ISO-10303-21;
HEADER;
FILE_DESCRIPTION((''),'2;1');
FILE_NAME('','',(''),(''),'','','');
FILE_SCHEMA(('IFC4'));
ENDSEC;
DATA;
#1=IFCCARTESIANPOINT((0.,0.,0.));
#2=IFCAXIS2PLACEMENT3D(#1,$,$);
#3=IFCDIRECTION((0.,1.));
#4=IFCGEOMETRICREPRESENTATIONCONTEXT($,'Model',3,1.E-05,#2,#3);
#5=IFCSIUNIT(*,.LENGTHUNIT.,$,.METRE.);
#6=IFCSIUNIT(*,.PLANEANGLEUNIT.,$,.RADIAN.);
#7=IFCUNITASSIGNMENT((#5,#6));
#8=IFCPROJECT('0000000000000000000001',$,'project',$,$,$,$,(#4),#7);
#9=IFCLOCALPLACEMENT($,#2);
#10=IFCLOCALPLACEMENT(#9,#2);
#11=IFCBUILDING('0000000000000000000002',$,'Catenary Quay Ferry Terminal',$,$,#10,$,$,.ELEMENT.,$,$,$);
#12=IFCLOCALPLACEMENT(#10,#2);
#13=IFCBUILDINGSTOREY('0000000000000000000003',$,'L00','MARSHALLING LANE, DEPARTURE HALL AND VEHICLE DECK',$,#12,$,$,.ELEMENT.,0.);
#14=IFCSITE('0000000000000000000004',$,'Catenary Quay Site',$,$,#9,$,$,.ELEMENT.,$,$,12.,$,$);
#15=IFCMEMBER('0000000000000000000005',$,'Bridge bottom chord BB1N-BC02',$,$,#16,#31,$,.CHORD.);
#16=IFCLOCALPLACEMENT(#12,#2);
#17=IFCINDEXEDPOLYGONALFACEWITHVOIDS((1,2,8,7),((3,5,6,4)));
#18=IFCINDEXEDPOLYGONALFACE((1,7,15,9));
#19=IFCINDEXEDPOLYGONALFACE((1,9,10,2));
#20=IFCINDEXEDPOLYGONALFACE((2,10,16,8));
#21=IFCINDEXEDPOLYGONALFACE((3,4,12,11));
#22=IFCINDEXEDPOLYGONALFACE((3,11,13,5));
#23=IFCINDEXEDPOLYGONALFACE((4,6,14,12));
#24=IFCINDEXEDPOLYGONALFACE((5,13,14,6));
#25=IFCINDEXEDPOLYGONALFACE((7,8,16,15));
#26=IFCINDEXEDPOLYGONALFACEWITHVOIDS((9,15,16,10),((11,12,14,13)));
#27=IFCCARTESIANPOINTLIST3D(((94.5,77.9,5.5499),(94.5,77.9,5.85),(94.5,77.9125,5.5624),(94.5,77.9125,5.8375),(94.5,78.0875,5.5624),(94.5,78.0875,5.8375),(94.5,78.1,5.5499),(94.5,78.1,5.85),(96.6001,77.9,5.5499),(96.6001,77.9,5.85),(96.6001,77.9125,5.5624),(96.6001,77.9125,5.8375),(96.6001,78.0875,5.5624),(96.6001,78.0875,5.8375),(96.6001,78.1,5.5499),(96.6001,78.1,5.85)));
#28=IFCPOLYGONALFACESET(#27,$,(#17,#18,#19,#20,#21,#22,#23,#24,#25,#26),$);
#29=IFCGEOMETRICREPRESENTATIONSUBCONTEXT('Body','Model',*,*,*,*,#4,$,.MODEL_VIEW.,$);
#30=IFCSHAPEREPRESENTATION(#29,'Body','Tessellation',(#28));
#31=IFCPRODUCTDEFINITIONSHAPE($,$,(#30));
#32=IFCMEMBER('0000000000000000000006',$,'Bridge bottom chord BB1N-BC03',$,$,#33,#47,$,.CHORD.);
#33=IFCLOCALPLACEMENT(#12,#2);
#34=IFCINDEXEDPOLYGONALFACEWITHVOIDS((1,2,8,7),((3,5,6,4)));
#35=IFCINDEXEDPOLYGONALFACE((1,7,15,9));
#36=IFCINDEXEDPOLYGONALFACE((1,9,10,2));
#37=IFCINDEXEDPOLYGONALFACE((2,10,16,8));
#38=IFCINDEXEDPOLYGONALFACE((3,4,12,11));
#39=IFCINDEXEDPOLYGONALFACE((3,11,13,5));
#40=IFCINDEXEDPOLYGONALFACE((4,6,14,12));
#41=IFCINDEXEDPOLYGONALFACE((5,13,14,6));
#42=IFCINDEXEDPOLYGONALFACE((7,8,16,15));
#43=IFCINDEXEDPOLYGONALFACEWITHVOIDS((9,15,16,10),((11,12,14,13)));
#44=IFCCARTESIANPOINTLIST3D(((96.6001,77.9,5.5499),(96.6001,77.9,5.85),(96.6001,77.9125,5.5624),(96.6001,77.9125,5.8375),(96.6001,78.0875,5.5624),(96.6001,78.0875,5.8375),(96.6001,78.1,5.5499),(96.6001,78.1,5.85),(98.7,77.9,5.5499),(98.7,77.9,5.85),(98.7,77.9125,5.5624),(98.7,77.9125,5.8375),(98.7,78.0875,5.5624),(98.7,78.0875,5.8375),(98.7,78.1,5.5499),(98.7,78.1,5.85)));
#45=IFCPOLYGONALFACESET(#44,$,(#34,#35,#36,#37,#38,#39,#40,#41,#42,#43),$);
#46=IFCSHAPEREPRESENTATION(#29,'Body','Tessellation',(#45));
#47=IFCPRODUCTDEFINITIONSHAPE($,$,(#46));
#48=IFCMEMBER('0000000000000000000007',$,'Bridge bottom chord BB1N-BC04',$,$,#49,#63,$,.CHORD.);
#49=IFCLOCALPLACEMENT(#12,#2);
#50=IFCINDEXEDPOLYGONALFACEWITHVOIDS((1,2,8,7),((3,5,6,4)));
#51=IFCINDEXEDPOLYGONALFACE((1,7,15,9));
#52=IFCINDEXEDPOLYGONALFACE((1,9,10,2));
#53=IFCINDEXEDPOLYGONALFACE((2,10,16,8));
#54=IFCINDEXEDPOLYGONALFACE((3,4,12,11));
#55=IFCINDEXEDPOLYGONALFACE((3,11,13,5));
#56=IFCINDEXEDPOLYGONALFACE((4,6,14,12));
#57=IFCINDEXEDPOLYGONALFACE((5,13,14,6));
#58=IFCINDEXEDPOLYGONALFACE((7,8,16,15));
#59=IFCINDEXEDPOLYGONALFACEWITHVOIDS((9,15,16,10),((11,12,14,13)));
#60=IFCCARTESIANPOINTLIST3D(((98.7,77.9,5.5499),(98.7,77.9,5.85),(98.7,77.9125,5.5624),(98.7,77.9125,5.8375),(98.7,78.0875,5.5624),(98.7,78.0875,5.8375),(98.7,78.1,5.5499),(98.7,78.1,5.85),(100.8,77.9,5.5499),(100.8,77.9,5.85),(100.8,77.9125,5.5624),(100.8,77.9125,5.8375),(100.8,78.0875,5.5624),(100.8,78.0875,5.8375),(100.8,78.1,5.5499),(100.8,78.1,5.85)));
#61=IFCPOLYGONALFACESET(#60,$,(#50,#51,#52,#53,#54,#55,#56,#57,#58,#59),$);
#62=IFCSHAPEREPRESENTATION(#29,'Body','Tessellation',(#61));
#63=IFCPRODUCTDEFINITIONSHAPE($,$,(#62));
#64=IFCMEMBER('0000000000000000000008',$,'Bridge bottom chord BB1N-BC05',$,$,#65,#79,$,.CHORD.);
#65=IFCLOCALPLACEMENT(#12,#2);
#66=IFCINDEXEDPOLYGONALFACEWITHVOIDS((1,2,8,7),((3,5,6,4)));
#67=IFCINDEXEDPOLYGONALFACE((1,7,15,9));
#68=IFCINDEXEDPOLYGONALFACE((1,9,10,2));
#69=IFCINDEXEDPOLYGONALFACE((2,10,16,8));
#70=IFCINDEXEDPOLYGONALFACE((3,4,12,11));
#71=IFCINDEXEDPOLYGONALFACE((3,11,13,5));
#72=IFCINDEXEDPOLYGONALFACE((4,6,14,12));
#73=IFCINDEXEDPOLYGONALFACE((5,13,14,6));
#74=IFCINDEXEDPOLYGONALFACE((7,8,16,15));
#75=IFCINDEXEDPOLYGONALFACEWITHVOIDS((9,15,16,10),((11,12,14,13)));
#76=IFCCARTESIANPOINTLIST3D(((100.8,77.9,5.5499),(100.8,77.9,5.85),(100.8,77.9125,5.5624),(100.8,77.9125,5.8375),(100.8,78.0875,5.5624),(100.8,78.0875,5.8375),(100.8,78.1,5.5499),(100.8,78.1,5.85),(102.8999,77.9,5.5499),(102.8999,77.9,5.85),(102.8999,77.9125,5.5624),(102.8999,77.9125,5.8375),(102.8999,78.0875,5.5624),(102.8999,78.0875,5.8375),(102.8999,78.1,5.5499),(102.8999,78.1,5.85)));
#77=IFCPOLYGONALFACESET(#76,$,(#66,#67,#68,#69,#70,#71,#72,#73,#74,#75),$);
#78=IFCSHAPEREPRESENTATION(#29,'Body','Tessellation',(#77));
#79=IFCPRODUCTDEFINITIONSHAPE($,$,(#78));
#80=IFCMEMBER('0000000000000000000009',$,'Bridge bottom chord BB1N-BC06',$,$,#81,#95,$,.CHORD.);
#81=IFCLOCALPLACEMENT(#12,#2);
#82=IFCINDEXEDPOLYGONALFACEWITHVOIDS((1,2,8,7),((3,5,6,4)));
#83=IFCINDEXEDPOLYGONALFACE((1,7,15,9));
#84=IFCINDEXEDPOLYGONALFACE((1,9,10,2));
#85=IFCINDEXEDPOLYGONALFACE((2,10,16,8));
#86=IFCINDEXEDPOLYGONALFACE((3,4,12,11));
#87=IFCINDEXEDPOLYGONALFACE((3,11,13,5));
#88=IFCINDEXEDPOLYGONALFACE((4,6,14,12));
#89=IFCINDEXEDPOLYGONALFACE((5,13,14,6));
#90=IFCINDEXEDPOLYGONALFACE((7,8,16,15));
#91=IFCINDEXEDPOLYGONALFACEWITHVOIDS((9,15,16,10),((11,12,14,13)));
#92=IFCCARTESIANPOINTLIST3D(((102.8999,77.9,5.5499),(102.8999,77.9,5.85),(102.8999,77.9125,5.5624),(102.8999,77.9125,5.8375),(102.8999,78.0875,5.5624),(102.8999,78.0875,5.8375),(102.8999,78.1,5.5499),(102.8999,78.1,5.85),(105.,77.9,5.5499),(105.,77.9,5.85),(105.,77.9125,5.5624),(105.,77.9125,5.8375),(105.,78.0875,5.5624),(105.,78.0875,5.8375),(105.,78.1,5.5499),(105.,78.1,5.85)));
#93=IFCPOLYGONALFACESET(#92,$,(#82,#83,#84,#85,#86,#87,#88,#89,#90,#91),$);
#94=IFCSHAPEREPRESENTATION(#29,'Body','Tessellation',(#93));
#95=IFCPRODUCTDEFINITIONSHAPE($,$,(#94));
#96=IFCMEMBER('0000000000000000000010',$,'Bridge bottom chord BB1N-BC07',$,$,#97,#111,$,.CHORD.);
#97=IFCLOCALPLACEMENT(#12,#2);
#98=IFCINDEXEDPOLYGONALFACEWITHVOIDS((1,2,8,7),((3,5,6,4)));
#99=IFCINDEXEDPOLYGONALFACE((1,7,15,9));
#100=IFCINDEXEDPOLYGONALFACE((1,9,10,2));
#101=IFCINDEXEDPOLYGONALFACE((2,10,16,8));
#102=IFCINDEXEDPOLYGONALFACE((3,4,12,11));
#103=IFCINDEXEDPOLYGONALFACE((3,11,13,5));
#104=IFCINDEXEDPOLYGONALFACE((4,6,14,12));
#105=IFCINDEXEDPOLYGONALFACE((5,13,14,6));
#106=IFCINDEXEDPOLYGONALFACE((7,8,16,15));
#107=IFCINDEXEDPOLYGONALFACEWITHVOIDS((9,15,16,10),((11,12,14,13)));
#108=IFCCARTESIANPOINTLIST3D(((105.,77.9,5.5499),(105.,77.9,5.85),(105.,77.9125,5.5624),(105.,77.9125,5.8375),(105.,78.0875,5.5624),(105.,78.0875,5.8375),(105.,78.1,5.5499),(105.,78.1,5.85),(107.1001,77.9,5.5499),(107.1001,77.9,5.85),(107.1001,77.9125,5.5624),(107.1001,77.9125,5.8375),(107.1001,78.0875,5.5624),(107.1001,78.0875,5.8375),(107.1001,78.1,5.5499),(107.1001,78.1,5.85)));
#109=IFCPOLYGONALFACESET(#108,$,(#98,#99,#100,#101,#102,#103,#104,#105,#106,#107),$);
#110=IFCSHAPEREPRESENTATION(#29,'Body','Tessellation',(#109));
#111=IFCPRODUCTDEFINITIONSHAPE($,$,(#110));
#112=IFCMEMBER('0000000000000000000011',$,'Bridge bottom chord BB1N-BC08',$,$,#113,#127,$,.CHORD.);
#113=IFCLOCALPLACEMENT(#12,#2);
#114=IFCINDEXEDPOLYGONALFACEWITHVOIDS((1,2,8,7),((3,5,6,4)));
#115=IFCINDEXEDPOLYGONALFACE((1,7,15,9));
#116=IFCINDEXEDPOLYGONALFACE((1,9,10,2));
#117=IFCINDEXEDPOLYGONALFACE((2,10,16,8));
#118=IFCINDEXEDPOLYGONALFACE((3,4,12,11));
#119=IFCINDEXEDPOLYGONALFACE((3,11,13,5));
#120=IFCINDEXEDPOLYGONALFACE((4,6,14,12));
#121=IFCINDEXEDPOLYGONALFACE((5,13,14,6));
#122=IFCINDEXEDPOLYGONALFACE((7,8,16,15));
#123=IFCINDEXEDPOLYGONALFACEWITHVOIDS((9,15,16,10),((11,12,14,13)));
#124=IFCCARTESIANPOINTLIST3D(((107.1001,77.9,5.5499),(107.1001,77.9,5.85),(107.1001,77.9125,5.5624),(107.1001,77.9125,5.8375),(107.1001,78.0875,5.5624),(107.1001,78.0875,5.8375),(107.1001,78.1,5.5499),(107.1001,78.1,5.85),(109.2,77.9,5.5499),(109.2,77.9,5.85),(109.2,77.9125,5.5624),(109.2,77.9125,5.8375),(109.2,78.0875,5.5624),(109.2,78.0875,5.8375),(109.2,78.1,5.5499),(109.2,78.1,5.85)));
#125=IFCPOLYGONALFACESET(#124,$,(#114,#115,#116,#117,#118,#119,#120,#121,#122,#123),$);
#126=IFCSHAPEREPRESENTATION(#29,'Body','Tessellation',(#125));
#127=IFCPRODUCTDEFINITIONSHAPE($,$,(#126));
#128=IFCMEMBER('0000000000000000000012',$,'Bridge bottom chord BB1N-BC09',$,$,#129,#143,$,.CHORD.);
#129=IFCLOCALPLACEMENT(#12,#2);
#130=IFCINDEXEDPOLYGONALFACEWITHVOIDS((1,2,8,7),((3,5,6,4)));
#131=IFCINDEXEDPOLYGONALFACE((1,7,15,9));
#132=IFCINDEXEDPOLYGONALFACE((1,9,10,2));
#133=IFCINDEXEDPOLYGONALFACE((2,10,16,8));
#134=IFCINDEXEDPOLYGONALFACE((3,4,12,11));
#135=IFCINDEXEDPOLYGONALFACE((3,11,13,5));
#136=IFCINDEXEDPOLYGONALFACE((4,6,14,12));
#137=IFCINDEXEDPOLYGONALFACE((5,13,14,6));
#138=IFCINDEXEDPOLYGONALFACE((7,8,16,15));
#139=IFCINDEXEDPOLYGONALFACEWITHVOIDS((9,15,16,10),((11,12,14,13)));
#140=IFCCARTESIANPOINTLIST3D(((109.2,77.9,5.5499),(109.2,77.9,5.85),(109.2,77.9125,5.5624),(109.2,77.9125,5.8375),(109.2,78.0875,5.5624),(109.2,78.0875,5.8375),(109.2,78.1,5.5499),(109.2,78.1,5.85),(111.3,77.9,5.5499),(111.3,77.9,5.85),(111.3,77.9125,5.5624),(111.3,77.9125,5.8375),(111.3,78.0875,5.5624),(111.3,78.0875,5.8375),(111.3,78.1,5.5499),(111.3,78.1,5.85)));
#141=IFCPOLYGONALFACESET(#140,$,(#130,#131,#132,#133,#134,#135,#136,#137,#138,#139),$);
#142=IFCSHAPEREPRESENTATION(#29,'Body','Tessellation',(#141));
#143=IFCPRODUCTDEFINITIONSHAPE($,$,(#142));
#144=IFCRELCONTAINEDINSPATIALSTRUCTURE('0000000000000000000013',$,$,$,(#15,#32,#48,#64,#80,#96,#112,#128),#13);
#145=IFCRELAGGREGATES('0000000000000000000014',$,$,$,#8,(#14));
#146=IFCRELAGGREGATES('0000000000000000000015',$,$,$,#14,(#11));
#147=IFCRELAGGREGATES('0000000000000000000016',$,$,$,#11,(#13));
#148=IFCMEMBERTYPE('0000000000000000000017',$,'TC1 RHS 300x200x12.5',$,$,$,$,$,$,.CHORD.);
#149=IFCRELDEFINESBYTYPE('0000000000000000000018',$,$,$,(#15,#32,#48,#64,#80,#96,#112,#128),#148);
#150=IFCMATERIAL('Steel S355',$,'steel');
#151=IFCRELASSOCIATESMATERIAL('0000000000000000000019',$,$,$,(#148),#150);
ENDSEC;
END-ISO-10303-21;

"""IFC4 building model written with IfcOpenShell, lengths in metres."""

from ifc_helpers import new_model, si_unit, direction, frame, origin, origin_2d, place, context, subcontext, project, spatial, hollow_rectangle, extrude, material, material_profile, profile_set, type_object, element, save


model = new_model("IFC4")

# Units and contexts
model_context = context("Model", 3, precision=1e-05, world=origin(), true_north=direction((0.0, 1.0)))
body_context = subcontext(model_context, "Body", "Model", "MODEL_VIEW")
ifc_project = project(units=[si_unit("LENGTHUNIT", "METRE"), si_unit("PLANEANGLEUNIT", "RADIAN")], contexts=[model_context])

# Site, building, storey
site_placement = place(None, origin())
site = spatial("IfcSite", under=ifc_project, at=site_placement, Name="Catenary Quay Site", CompositionType="ELEMENT", RefElevation=12.0)
building_placement = place(site_placement, origin())
building = spatial("IfcBuilding", under=site, at=building_placement, Name="Catenary Quay Ferry Terminal", CompositionType="ELEMENT")
storey_placement = place(building_placement, origin())
storey = spatial("IfcBuildingStorey", under=building, at=storey_placement, Name="L00", Description="MARSHALLING LANE, DEPARTURE HALL AND VEHICLE DECK", CompositionType="ELEMENT", Elevation=0.0)

# Members
ifc_material_1 = material(Name="Steel S355", Category="steel")
ifc_material_profile_1 = material_profile(ifc_material_1, hollow_rectangle(XDim=0.2, YDim=0.3, WallThickness=0.0125, at=origin_2d()), Name="RHS 300x200x12.5")
ifc_profile_set_1 = profile_set([ifc_material_profile_1], Name="Steel S355")
member_type_1 = type_object("IfcMemberType", Name="TC1 RHS 300x200x12.5", PredefinedType="CHORD", material=ifc_profile_set_1)
member_1_placement = place(storey_placement, frame((94.5, 78.0, 5.7), z_axis=(1.0, 0.0, 0.0), x_axis=(0.0, 1.0, 0.0)))
element("IfcMember", 1, at=member_1_placement, inside=storey, type_object=member_type_1, Name="Bridge bottom chord BB1N-BC02", PredefinedType="CHORD", context=body_context, shape_type="SweptSolid", body=[
    extrude(hollow_rectangle(XDim=0.2, YDim=0.3, WallThickness=0.0125, at=origin_2d()), origin(), (0.0, 0.0, 1.0), 2.1001),
])
member_2_placement = place(storey_placement, frame((96.6001, 78.0, 5.7), z_axis=(1.0, 0.0, 0.0), x_axis=(0.0, 1.0, 0.0)))
element("IfcMember", 2, at=member_2_placement, inside=storey, type_object=member_type_1, Name="Bridge bottom chord BB1N-BC03", PredefinedType="CHORD", context=body_context, shape_type="SweptSolid", body=[
    extrude(hollow_rectangle(XDim=0.2, YDim=0.3, WallThickness=0.0125, at=origin_2d()), origin(), (0.0, 0.0, 1.0), 2.0999),
])
member_3_placement = place(storey_placement, frame((98.7, 78.0, 5.7), z_axis=(1.0, 0.0, 0.0), x_axis=(0.0, 1.0, 0.0)))
element("IfcMember", 3, at=member_3_placement, inside=storey, type_object=member_type_1, Name="Bridge bottom chord BB1N-BC04", PredefinedType="CHORD", context=body_context, shape_type="SweptSolid", body=[
    extrude(hollow_rectangle(XDim=0.2, YDim=0.3, WallThickness=0.0125, at=origin_2d()), origin(), (0.0, 0.0, 1.0), 2.1001),
])
member_4_placement = place(storey_placement, frame((100.8, 78.0, 5.7), z_axis=(1.0, 0.0, 0.0), x_axis=(0.0, 1.0, 0.0)))
element("IfcMember", 4, at=member_4_placement, inside=storey, type_object=member_type_1, Name="Bridge bottom chord BB1N-BC05", PredefinedType="CHORD", context=body_context, shape_type="SweptSolid", body=[
    extrude(hollow_rectangle(XDim=0.2, YDim=0.3, WallThickness=0.0125, at=origin_2d()), origin(), (0.0, 0.0, 1.0), 2.0999),
])
for number, where, z_axis, x_axis, name in (
    (5, (102.8999, 78.0, 5.7), (1.0, 0.0, 0.0), (0.0, 1.0, 0.0), "Bridge bottom chord BB1N-BC06"),
    (6, (105.0, 78.0, 5.7), (1.0, 0.0, 0.0), (0.0, 1.0, 0.0), "Bridge bottom chord BB1N-BC07"),
):
    element("IfcMember", number, at=place(storey_placement, frame(where, z_axis=z_axis, x_axis=x_axis)), inside=storey, type_object=member_type_1, Name=name, PredefinedType="CHORD", context=body_context, shape_type="SweptSolid", body=[
        extrude(hollow_rectangle(XDim=0.2, YDim=0.3, WallThickness=0.0125, at=origin_2d()), origin(), (0.0, 0.0, 1.0), 2.1001),
    ])
member_5_placement = place(storey_placement, frame((107.1001, 78.0, 5.7), z_axis=(1.0, 0.0, 0.0), x_axis=(0.0, 1.0, 0.0)))
element("IfcMember", 7, at=member_5_placement, inside=storey, type_object=member_type_1, Name="Bridge bottom chord BB1N-BC08", PredefinedType="CHORD", context=body_context, shape_type="SweptSolid", body=[
    extrude(hollow_rectangle(XDim=0.2, YDim=0.3, WallThickness=0.0125, at=origin_2d()), origin(), (0.0, 0.0, 1.0), 2.0999),
])
member_6_placement = place(storey_placement, frame((109.2, 78.0, 5.7), z_axis=(1.0, 0.0, 0.0), x_axis=(0.0, 1.0, 0.0)))
element("IfcMember", 8, at=member_6_placement, inside=storey, type_object=member_type_1, Name="Bridge bottom chord BB1N-BC09", PredefinedType="CHORD", context=body_context, shape_type="SweptSolid", body=[
    extrude(hollow_rectangle(XDim=0.2, YDim=0.3, WallThickness=0.0125, at=origin_2d()), origin(), (0.0, 0.0, 1.0), 2.1001),
])

save(model, "model.ifc")
